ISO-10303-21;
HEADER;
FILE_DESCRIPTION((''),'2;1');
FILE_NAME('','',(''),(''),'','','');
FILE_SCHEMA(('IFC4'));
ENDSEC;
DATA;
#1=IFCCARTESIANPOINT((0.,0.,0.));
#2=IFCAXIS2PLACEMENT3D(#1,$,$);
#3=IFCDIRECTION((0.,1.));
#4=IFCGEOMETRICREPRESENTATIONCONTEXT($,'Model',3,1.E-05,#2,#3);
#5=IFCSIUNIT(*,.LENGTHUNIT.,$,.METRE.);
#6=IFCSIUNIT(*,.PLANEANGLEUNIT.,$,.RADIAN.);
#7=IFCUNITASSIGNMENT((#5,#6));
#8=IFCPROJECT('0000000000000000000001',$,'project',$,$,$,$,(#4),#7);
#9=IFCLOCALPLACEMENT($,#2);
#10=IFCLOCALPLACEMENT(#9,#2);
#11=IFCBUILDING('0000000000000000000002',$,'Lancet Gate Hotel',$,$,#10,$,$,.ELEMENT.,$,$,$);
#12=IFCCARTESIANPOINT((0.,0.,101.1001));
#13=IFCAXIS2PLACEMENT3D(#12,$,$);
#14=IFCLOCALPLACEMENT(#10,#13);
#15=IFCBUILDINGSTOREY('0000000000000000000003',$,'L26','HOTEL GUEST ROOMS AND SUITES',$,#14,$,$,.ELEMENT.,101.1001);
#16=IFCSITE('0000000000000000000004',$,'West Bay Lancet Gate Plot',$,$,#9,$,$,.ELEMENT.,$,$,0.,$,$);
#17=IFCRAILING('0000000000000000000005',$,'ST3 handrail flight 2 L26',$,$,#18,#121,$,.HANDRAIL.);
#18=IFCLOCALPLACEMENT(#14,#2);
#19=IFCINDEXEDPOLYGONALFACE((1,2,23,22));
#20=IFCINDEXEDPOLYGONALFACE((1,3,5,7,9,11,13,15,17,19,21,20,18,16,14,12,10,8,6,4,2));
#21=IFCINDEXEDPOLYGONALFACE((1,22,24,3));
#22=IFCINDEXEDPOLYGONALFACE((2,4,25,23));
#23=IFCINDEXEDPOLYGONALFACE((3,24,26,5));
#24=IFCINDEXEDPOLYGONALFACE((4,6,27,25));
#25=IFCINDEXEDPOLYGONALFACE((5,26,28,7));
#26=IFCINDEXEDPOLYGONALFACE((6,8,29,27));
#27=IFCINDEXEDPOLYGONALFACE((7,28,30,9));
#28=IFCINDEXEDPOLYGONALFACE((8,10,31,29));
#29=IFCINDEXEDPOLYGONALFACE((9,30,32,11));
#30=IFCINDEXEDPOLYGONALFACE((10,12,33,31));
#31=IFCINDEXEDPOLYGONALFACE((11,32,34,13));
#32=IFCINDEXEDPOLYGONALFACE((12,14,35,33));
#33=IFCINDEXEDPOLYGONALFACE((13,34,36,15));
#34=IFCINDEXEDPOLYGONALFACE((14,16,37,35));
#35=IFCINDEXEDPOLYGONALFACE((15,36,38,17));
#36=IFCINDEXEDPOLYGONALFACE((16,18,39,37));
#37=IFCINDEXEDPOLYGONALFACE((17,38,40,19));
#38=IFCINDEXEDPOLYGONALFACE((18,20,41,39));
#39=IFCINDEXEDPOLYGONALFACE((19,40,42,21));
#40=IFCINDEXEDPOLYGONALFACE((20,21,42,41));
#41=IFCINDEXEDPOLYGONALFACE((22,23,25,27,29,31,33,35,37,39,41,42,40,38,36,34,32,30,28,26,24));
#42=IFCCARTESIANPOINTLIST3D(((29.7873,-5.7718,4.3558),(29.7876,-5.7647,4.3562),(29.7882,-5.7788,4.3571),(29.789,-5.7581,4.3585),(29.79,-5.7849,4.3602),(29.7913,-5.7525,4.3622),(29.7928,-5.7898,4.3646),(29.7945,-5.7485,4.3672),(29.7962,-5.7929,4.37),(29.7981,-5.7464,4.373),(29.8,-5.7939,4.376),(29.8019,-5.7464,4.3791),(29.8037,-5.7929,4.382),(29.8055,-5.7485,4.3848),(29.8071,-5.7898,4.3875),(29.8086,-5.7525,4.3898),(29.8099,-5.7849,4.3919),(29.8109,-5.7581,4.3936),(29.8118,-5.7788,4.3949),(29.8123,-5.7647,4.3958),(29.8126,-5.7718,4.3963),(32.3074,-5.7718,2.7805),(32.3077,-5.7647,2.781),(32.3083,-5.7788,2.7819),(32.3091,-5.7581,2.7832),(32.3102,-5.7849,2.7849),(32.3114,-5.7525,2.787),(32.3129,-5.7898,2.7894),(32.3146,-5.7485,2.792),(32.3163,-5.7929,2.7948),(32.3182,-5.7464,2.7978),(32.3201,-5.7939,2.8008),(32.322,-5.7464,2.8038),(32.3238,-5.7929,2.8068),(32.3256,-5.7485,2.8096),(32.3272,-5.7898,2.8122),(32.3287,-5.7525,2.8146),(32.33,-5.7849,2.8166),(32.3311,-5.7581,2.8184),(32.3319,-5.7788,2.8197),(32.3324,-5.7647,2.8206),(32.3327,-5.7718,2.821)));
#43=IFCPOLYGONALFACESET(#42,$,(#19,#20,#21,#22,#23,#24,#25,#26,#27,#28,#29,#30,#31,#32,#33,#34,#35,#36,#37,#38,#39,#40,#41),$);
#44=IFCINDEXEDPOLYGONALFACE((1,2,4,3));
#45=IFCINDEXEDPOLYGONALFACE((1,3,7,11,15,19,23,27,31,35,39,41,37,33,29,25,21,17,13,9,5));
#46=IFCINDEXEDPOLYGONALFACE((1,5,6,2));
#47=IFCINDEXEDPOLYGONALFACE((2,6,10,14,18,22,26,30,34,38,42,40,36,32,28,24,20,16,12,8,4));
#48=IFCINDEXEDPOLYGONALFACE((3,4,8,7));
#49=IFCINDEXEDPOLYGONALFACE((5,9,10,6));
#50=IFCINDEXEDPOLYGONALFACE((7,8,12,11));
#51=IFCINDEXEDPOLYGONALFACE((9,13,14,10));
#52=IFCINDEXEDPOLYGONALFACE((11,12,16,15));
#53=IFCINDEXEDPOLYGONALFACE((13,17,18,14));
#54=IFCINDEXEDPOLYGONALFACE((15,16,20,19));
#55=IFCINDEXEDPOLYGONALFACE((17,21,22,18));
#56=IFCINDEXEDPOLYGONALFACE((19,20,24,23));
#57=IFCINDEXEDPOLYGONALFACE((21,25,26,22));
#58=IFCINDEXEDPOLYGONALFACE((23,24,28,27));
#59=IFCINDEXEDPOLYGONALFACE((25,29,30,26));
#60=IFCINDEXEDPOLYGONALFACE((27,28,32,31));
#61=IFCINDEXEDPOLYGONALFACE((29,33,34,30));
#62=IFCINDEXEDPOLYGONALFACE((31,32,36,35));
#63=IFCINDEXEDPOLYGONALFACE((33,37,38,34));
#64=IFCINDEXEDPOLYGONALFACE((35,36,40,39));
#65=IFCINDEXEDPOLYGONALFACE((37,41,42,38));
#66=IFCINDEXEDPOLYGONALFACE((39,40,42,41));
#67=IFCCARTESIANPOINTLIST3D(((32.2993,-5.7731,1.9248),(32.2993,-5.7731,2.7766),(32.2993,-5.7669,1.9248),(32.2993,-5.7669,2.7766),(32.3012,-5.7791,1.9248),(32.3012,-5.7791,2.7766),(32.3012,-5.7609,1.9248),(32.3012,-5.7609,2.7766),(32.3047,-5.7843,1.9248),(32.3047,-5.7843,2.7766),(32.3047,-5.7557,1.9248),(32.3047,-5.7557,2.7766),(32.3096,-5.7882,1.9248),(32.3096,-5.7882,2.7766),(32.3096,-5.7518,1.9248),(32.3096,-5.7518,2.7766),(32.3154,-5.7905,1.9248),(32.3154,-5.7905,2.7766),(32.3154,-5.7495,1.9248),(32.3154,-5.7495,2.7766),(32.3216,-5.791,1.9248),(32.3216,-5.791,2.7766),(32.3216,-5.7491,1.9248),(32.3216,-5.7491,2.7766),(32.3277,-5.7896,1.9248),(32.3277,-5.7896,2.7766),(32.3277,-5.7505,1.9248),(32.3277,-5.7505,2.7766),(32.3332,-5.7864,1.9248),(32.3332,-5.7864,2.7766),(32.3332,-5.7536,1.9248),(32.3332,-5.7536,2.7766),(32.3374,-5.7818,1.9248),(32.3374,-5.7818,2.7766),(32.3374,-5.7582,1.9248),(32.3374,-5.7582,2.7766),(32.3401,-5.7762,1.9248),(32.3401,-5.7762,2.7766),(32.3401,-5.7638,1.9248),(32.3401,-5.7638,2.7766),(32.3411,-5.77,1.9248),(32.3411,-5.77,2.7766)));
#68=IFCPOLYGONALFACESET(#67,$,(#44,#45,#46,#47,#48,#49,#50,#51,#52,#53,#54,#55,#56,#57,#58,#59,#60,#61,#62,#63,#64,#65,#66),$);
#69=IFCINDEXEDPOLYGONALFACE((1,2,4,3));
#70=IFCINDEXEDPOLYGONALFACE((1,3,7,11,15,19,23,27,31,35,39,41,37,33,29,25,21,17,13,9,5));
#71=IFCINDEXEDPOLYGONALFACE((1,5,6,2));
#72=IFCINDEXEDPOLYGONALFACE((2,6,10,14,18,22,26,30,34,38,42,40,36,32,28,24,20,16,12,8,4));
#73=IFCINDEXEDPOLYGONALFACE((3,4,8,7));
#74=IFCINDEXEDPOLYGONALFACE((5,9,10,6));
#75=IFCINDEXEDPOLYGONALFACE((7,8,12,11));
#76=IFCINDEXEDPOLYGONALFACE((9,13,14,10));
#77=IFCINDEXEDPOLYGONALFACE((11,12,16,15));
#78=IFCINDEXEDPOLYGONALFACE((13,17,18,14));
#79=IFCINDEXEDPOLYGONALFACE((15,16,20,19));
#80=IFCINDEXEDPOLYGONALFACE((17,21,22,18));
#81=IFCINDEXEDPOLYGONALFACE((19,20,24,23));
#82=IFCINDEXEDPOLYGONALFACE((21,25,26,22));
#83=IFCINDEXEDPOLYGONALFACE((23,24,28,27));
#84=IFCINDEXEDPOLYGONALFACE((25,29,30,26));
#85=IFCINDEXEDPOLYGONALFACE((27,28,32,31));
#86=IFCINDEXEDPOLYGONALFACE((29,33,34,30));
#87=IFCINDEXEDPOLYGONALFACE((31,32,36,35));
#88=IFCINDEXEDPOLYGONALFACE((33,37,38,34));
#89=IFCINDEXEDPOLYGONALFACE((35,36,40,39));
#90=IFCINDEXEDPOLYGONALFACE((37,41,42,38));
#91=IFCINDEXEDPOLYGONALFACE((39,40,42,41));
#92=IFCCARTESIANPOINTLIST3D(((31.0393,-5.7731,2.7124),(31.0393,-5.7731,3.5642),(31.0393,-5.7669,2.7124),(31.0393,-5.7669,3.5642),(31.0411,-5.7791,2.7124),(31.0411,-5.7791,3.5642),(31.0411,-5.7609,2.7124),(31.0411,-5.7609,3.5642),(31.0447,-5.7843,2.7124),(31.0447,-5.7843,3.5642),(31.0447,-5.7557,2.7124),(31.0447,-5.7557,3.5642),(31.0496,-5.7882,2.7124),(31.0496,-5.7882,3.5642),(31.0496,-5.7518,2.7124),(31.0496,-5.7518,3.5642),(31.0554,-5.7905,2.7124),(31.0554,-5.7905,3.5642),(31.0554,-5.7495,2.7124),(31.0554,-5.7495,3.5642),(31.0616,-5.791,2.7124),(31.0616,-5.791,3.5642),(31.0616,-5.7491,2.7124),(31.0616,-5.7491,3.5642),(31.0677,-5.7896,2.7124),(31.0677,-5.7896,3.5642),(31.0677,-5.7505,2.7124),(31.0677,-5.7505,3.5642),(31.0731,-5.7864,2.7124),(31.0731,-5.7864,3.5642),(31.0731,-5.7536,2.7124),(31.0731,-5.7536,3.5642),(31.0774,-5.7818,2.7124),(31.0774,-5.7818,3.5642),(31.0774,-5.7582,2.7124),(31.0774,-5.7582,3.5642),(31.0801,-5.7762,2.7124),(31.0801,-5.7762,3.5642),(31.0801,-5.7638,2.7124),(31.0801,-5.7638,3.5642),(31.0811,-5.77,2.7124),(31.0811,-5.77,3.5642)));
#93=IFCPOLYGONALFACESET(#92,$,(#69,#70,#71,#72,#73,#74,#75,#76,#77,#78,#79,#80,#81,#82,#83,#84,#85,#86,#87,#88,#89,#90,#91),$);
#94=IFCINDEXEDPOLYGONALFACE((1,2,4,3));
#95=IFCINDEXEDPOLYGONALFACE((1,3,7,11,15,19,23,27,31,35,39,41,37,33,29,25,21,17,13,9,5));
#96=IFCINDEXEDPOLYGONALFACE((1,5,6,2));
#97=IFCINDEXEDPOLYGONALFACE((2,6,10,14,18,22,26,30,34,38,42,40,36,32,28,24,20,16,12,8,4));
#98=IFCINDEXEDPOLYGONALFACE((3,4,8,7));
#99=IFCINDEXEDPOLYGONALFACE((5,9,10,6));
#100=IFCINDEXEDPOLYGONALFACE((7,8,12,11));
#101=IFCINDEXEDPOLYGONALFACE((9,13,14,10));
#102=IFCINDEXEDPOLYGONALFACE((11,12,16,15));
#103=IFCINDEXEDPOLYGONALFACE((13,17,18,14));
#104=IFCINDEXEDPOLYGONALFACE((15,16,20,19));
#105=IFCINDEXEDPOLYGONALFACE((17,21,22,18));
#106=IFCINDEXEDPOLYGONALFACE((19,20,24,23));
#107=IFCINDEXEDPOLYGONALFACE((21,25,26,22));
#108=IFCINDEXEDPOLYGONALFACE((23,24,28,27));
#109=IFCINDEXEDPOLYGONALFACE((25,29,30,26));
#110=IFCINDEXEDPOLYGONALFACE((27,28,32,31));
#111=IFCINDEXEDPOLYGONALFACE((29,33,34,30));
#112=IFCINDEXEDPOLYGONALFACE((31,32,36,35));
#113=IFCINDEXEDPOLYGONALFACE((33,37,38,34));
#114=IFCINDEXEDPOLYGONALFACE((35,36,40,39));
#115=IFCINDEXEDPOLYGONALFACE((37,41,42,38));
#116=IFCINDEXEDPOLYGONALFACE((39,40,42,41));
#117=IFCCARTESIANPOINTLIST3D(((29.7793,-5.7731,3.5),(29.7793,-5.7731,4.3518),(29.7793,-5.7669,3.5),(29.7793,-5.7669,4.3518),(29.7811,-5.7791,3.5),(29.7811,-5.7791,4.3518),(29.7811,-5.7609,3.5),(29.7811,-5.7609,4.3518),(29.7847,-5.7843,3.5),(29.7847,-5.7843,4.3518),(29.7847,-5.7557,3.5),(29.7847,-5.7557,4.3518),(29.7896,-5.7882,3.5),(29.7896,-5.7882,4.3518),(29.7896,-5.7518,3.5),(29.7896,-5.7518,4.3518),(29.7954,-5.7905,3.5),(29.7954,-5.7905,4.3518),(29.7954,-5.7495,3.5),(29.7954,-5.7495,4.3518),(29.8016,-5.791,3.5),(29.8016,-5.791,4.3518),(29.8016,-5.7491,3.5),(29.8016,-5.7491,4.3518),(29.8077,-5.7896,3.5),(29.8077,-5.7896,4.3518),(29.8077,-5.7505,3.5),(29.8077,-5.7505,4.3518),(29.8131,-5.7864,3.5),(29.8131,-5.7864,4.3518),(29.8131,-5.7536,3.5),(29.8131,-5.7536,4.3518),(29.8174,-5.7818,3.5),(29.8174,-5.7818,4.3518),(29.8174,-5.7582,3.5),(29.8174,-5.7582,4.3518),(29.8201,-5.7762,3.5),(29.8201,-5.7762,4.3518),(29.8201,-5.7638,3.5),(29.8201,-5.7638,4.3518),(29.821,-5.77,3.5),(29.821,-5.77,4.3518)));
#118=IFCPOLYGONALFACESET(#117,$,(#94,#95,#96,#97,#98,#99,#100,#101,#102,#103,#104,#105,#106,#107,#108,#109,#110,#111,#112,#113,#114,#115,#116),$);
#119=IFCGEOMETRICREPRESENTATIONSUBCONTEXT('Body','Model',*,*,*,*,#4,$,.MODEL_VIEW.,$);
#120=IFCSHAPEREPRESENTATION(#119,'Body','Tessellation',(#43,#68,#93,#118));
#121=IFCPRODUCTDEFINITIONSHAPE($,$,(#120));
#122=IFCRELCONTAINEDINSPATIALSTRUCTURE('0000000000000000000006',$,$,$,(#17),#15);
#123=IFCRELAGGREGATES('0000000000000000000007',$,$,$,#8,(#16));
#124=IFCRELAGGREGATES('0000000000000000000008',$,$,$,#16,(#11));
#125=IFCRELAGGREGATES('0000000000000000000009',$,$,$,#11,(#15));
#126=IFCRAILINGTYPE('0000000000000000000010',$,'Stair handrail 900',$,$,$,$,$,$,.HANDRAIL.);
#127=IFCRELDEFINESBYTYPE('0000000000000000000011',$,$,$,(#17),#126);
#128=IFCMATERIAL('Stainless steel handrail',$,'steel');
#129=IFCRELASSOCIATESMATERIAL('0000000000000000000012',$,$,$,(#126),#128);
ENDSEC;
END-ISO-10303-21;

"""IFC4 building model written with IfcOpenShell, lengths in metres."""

from ifc_helpers import new_model, si_unit, direction, frame, origin, origin_2d, place, context, subcontext, project, spatial, circle, extrude, material, type_object, element, save


model = new_model("IFC4")

# Units and contexts
model_context = context("Model", 3, precision=1e-05, world=origin(), true_north=direction((0.0, 1.0)))
body_context = subcontext(model_context, "Body", "Model", "MODEL_VIEW")
ifc_project = project(units=[si_unit("LENGTHUNIT", "METRE"), si_unit("PLANEANGLEUNIT", "RADIAN")], contexts=[model_context])

# Site, building, storey
site_placement = place(None, origin())
site = spatial("IfcSite", under=ifc_project, at=site_placement, Name="West Bay Lancet Gate Plot", CompositionType="ELEMENT", RefElevation=0.0)
building_placement = place(site_placement, origin())
building = spatial("IfcBuilding", under=site, at=building_placement, Name="Lancet Gate Hotel", CompositionType="ELEMENT")
storey_placement = place(building_placement, frame((0.0, 0.0, 101.1001)))
storey = spatial("IfcBuildingStorey", under=building, at=storey_placement, Name="L26", Description="HOTEL GUEST ROOMS AND SUITES", CompositionType="ELEMENT", Elevation=101.1001)

# Railing
ifc_material_1 = material(Name="Stainless steel handrail", Category="steel")
railing_type = type_object("IfcRailingType", Name="Stair handrail 900", PredefinedType="HANDRAIL", material=ifc_material_1)
railing_1_placement = place(storey_placement, frame((32.3201, -5.77, 1.9248)))
element("IfcRailing", 1, at=railing_1_placement, inside=storey, type_object=railing_type, Name="ST3 handrail flight 2 L26", PredefinedType="HANDRAIL", context=body_context, shape_type="SweptSolid", body=[
    extrude(circle(Radius=0.0239, at=origin_2d()), frame((0.0, 0.0, 0.876), z_axis=(-0.847971, 0.0, 0.530043), x_axis=(0.0, -1.0, 0.0)), (0.0, 0.0, 1.0), 2.9719),
    extrude(circle(Radius=0.021, at=origin_2d()), origin(), (0.0, 0.0, 1.0), 0.8518),
    extrude(circle(Radius=0.021, at=origin_2d()), frame((-1.26, 0.0, 0.7876)), (0.0, 0.0, 1.0), 0.8518),
    extrude(circle(Radius=0.021, at=origin_2d()), frame((-2.52, 0.0, 1.5752)), (0.0, 0.0, 1.0), 0.8518),
])

save(model, "model.ifc")
